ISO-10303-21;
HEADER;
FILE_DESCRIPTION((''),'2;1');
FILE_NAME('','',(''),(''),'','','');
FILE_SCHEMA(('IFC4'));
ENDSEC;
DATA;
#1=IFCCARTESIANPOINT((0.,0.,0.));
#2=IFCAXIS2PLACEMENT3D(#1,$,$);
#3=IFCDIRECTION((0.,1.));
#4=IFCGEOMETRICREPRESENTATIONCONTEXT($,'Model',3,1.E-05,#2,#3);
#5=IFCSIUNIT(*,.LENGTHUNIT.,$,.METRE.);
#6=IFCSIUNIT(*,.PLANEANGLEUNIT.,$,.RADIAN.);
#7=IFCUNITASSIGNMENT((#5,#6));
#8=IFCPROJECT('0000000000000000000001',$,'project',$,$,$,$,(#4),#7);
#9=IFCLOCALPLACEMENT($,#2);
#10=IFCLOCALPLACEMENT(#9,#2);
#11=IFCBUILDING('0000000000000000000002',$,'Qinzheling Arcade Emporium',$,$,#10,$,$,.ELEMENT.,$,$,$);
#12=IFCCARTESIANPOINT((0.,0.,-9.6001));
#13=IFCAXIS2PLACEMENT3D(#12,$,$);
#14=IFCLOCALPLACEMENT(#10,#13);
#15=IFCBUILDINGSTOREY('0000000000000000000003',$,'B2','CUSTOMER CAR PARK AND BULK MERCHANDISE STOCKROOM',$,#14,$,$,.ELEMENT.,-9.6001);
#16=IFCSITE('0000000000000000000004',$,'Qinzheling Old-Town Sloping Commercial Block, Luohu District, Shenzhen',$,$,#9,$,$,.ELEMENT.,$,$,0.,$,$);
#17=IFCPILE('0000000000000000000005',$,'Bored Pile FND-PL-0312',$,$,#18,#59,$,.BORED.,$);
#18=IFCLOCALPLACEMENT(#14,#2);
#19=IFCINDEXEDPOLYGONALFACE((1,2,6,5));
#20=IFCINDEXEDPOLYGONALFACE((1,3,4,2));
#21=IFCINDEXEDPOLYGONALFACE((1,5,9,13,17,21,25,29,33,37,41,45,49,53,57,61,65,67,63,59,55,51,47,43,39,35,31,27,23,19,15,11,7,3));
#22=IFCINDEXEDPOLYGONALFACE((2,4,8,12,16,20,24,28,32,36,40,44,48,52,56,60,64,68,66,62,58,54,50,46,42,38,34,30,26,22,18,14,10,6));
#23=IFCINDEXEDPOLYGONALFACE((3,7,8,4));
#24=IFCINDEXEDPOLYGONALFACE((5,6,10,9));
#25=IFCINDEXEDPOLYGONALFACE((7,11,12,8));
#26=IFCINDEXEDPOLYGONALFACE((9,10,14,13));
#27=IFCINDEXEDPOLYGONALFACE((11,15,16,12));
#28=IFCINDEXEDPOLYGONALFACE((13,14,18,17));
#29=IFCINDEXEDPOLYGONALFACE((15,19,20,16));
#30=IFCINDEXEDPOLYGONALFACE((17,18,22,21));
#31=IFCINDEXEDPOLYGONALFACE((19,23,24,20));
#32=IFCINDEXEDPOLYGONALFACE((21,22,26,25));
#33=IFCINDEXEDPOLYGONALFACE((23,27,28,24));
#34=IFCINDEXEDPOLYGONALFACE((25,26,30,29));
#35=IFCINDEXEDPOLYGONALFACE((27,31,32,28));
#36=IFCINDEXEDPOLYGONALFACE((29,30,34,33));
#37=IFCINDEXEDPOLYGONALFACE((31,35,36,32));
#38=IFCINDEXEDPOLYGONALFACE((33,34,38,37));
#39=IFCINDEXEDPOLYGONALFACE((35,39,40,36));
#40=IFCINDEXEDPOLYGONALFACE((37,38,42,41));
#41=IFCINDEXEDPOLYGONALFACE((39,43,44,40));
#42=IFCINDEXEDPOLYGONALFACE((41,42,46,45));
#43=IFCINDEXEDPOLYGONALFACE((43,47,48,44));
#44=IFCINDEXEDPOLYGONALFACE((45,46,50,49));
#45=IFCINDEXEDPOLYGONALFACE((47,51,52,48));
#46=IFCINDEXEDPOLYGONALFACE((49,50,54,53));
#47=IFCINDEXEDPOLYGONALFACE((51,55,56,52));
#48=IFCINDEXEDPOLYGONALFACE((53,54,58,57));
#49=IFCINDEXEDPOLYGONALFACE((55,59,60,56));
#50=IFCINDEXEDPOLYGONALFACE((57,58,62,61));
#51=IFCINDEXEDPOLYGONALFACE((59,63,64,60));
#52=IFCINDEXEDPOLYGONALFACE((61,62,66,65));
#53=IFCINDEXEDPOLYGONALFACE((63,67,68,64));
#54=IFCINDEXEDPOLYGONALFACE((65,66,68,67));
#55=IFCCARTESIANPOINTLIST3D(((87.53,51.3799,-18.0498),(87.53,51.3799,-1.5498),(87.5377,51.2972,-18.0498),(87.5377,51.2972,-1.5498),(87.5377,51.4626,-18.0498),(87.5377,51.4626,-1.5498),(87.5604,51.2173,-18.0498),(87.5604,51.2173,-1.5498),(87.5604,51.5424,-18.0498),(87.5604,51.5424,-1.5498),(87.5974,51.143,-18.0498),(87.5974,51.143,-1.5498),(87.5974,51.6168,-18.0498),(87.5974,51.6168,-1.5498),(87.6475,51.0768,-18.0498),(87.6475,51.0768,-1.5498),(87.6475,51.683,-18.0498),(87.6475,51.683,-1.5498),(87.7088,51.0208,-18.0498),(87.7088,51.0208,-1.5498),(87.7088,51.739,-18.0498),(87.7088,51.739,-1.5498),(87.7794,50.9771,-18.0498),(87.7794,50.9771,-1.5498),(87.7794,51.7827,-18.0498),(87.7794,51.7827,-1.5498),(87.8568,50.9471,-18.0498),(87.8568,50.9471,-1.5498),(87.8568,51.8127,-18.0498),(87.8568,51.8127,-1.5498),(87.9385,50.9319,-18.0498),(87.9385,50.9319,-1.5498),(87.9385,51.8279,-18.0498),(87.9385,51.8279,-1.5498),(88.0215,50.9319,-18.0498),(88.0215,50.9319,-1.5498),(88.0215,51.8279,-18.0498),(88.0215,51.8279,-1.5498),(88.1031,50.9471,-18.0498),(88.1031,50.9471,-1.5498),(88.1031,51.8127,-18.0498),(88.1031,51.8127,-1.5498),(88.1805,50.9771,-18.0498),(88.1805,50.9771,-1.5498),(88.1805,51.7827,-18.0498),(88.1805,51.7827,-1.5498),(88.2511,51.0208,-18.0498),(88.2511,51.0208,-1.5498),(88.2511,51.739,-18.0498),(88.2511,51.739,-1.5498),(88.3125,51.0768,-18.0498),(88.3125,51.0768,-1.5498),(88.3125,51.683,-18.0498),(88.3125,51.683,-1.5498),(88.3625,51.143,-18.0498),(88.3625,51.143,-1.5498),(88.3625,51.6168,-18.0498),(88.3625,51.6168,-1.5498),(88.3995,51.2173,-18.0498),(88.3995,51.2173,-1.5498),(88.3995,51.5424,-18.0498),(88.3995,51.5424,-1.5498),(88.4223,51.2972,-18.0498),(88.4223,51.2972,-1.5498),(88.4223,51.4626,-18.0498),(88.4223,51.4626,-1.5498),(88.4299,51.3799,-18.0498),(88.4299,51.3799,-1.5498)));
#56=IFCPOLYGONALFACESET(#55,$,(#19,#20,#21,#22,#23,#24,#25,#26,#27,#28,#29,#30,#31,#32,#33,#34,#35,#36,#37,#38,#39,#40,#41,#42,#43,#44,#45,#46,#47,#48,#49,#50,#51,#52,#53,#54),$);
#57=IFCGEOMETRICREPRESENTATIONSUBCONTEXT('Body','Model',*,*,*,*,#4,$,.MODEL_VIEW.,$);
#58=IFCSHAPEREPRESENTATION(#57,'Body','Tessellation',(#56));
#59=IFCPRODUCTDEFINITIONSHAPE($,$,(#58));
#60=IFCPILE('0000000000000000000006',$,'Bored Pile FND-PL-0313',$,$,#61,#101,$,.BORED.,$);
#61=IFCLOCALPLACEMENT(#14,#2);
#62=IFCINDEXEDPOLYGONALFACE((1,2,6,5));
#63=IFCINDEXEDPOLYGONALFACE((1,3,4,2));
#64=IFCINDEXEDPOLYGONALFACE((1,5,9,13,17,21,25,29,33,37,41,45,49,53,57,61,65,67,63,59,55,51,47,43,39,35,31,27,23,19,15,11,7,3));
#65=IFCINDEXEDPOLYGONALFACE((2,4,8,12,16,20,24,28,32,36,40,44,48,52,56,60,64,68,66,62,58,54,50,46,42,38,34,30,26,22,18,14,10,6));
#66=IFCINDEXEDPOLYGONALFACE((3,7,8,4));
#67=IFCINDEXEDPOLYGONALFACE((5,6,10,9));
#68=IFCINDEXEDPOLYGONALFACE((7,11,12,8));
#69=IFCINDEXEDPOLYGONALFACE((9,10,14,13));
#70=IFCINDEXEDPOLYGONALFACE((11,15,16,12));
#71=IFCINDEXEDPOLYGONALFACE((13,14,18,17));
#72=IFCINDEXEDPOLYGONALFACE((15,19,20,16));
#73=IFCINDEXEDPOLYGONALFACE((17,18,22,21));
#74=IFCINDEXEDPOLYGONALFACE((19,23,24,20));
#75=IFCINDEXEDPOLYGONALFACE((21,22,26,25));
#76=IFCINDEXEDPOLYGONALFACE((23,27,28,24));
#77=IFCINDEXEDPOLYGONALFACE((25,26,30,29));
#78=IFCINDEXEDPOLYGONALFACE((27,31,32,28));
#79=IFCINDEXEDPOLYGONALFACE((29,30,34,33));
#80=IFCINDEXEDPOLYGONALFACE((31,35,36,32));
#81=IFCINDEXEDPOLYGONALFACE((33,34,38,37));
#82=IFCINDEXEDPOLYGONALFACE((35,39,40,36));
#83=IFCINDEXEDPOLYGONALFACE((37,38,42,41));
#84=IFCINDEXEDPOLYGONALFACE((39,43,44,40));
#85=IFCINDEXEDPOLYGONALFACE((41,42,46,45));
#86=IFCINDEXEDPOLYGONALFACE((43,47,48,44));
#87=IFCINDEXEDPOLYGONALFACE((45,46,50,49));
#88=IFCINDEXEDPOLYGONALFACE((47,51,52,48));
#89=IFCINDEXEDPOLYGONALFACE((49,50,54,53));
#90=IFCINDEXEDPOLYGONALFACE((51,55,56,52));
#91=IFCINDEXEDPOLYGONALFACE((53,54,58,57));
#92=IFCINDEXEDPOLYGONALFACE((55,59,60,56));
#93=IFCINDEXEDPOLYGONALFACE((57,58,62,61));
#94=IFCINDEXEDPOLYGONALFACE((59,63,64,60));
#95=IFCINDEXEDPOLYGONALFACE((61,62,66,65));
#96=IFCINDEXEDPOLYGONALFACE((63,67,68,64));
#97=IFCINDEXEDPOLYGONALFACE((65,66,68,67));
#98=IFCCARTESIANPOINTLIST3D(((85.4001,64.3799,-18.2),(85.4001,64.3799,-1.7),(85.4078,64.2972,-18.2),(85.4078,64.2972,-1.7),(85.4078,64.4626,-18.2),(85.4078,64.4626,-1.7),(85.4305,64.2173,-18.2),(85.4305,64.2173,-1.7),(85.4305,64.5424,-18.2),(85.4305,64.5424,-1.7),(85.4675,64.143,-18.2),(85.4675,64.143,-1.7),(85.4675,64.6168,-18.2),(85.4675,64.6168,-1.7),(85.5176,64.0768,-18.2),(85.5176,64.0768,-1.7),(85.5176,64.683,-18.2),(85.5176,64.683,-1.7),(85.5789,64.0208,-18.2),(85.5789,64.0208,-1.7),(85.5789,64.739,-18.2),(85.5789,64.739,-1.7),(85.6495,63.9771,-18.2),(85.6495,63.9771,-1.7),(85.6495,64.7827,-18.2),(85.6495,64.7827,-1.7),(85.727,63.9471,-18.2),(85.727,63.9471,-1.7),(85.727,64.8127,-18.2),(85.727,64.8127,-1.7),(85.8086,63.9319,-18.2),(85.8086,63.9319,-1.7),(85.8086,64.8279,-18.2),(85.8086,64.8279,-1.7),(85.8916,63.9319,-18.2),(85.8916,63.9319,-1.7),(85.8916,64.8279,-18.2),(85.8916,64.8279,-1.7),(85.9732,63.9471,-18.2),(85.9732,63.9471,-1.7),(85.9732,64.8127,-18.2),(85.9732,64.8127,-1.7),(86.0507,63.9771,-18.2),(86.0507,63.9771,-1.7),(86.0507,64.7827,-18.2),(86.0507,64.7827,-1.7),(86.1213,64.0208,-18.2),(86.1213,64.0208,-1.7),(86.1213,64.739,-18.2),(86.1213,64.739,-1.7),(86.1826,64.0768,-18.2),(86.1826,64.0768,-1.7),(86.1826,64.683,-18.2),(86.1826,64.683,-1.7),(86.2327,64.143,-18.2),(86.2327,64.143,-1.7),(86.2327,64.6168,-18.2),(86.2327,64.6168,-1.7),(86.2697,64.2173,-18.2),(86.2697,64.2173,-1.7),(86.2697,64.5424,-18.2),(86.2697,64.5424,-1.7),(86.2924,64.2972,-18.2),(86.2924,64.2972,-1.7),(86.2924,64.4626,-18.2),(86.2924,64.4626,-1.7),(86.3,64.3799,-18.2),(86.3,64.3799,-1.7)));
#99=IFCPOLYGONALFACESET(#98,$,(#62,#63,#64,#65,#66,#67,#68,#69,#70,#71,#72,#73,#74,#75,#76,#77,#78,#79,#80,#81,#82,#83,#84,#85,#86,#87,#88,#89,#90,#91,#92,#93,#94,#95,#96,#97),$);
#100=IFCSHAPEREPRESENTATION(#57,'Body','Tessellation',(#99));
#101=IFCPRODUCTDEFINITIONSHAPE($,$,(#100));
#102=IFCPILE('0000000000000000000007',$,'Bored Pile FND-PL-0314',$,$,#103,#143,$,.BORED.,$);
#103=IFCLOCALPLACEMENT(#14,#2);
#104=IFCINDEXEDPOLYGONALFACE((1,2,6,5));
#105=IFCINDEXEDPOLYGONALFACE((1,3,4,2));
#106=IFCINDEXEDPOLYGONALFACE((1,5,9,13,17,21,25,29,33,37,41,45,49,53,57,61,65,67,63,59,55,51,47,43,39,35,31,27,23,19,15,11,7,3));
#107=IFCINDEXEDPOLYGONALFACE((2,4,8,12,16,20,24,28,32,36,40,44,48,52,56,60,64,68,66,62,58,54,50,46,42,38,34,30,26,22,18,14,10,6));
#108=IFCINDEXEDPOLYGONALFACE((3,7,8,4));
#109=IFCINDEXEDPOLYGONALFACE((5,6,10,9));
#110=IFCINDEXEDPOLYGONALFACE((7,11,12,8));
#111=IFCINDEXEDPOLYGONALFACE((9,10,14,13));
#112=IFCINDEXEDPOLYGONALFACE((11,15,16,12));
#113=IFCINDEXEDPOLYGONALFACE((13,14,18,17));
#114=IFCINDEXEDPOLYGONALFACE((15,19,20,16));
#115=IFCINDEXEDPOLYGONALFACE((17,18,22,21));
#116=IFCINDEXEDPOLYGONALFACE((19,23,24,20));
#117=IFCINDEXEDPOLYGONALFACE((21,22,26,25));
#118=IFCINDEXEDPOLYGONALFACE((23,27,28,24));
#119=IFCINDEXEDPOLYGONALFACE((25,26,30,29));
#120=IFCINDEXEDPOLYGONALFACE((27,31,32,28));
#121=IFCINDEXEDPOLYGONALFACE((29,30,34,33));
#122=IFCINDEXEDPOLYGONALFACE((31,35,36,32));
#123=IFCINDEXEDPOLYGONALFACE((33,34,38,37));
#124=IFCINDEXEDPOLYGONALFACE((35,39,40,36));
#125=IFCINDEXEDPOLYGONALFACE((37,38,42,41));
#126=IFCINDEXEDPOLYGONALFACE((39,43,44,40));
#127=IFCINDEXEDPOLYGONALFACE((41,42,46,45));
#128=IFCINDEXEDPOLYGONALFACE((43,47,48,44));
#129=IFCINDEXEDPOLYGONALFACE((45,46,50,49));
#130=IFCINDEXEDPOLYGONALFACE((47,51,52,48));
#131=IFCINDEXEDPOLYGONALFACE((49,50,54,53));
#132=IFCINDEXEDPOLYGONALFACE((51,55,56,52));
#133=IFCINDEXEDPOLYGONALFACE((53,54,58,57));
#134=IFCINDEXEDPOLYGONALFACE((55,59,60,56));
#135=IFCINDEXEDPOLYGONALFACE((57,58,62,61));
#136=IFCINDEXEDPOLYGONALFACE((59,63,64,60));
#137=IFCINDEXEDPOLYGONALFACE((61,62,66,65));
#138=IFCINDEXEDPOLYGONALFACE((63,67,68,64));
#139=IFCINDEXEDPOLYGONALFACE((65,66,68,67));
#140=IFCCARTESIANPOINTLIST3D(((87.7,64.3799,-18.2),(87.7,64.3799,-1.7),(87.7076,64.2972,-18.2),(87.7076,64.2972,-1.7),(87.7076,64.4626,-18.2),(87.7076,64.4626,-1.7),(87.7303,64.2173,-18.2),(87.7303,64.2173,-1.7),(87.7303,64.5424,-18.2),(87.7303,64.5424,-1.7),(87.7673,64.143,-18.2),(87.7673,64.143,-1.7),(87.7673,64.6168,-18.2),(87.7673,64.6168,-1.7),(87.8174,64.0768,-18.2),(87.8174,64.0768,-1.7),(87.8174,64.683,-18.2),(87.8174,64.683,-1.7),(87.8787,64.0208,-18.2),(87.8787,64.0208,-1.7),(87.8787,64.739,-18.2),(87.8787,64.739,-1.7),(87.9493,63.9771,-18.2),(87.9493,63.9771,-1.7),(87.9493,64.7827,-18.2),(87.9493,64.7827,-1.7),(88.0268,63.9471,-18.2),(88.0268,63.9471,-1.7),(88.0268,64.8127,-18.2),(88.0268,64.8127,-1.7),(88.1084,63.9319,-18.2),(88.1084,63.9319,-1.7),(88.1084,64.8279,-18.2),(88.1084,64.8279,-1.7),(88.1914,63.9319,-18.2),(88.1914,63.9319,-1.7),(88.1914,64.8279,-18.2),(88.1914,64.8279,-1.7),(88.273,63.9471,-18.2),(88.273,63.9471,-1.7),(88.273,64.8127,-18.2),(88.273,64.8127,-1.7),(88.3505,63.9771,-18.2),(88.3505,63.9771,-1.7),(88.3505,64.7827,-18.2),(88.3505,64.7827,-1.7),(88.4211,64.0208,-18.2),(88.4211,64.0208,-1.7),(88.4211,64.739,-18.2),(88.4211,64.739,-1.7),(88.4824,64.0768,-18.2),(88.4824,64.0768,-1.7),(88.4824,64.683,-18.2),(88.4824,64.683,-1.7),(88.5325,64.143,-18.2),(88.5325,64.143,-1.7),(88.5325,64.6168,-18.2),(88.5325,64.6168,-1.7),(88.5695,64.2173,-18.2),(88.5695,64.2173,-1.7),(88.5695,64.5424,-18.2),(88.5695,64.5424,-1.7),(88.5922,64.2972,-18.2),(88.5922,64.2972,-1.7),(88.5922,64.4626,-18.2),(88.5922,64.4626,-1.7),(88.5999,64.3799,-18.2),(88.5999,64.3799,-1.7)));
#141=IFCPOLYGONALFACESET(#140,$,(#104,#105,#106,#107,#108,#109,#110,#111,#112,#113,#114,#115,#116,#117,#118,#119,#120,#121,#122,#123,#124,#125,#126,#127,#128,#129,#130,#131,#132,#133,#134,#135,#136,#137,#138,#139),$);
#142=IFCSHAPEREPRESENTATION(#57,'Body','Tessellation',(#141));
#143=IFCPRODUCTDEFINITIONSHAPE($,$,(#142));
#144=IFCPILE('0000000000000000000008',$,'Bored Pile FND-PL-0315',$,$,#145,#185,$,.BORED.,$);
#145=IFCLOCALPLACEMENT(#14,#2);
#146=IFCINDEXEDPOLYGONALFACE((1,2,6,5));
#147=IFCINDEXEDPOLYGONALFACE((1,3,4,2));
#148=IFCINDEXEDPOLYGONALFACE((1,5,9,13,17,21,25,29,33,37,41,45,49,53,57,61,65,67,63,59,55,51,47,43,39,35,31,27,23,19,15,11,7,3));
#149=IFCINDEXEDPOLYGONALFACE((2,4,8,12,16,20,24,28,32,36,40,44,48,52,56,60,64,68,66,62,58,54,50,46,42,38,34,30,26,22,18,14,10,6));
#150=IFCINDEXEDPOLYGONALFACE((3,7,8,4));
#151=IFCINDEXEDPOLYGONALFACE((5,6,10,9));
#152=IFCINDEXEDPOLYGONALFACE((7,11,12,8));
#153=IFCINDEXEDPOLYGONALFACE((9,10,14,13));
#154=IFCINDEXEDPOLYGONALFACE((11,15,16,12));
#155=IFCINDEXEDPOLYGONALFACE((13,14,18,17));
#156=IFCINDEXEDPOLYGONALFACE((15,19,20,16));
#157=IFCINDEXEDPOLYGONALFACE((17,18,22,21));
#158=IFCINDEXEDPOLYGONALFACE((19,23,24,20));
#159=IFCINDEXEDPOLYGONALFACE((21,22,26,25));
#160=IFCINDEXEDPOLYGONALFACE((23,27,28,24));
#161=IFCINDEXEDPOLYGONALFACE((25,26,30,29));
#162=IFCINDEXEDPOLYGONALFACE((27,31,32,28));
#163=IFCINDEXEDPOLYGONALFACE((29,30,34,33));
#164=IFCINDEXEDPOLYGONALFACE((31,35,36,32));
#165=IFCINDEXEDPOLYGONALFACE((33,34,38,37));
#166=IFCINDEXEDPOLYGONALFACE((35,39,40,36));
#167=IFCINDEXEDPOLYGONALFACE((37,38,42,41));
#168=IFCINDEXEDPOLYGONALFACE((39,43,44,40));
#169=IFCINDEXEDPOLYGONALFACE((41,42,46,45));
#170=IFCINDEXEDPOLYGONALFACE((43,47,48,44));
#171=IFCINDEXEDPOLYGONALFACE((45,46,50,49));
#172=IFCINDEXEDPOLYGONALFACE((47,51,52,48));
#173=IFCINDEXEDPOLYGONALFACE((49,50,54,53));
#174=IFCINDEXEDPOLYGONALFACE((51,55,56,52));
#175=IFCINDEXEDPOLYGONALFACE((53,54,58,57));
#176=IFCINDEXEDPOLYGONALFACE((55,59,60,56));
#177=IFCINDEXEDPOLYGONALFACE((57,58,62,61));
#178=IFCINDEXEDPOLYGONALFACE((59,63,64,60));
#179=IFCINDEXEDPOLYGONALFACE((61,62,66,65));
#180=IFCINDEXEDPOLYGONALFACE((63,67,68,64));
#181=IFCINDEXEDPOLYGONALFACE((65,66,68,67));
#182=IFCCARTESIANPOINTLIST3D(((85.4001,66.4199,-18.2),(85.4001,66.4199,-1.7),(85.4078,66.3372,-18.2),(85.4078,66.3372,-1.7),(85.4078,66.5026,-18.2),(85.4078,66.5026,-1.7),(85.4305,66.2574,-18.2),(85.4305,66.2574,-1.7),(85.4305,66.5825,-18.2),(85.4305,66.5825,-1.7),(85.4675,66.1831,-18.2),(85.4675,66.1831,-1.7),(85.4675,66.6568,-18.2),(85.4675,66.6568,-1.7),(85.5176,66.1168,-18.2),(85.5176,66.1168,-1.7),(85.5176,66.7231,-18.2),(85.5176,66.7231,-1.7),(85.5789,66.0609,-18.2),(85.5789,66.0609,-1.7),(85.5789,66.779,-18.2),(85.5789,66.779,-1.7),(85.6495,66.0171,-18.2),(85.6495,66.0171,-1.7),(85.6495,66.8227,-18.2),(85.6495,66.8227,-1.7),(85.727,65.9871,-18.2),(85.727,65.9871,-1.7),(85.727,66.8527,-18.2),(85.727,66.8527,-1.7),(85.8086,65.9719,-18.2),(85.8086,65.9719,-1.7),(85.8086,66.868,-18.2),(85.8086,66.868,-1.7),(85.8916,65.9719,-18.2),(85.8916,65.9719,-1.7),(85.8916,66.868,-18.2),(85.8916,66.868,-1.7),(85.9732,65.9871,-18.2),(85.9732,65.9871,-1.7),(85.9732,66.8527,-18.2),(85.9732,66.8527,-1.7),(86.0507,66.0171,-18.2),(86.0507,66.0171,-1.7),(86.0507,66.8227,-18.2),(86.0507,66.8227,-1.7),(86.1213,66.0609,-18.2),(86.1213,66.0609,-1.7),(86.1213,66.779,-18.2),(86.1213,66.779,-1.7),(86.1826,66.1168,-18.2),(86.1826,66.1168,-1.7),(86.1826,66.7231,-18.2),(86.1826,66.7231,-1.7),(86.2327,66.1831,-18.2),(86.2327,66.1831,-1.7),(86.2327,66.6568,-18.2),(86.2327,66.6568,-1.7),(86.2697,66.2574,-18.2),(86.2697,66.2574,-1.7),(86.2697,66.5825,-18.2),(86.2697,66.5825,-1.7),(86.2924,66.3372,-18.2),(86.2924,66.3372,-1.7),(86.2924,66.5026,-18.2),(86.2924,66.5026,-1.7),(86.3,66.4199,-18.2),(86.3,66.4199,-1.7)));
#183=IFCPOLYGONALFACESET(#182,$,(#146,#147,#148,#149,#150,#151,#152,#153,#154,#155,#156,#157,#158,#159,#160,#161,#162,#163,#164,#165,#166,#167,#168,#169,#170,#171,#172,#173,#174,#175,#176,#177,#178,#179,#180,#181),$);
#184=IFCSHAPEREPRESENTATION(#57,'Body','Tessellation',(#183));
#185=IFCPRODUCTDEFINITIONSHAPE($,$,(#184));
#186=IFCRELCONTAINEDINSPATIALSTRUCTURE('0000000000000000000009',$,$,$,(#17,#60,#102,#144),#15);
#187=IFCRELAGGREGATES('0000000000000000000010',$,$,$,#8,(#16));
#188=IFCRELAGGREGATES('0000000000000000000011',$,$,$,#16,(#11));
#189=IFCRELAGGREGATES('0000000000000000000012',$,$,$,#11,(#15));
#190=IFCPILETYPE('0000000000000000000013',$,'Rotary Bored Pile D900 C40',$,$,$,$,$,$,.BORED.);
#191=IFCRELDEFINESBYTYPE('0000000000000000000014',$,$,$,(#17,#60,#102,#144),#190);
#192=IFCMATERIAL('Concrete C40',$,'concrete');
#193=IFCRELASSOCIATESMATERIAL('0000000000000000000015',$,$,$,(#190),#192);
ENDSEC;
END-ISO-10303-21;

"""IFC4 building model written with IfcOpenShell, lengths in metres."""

from ifc_helpers import new_model, si_unit, direction, frame, origin, origin_2d, place, context, subcontext, project, spatial, circle, extrude, material, material_profile, profile_set, type_object, element, save


model = new_model("IFC4")

# Units and contexts
model_context = context("Model", 3, precision=1e-05, world=origin(), true_north=direction((0.0, 1.0)))
body_context = subcontext(model_context, "Body", "Model", "MODEL_VIEW")
ifc_project = project(units=[si_unit("LENGTHUNIT", "METRE"), si_unit("PLANEANGLEUNIT", "RADIAN")], contexts=[model_context])

# Site, building, storey
site_placement = place(None, origin())
site = spatial("IfcSite", under=ifc_project, at=site_placement, Name="Qinzheling Old-Town Sloping Commercial Block, Luohu District, Shenzhen", CompositionType="ELEMENT", RefElevation=0.0)
building_placement = place(site_placement, origin())
building = spatial("IfcBuilding", under=site, at=building_placement, Name="Qinzheling Arcade Emporium", CompositionType="ELEMENT")
storey_placement = place(building_placement, frame((0.0, 0.0, -9.6001)))
storey = spatial("IfcBuildingStorey", under=building, at=storey_placement, Name="B2", Description="CUSTOMER CAR PARK AND BULK MERCHANDISE STOCKROOM", CompositionType="ELEMENT", Elevation=-9.6001)

# Shared definitions
ifc_material_1 = material(Name="Concrete C40", Category="concrete")

# Piles
ifc_material_profile_1 = material_profile(ifc_material_1, circle(Radius=0.45, at=origin_2d()), Name="BORED D900", Category="concrete")
ifc_profile_set_1 = profile_set([ifc_material_profile_1], Name="Concrete C40")
pile_type = type_object("IfcPileType", Name="Rotary Bored Pile D900 C40", PredefinedType="BORED", material=ifc_profile_set_1)
for number, where, z_axis, x_axis, name in (
    (1, (87.98, 51.3799, -1.5498), (0.0, 0.0, -1.0), (1.0, 0.0, 0.0), "Bored Pile FND-PL-0312"),
    (2, (85.8501, 64.3799, -1.7), (0.0, 0.0, -1.0), (1.0, 0.0, 0.0), "Bored Pile FND-PL-0313"),
    (3, (88.1499, 64.3799, -1.7), (0.0, 0.0, -1.0), (1.0, 0.0, 0.0), "Bored Pile FND-PL-0314"),
    (4, (85.8501, 66.4199, -1.7), (0.0, 0.0, -1.0), (1.0, 0.0, 0.0), "Bored Pile FND-PL-0315"),
):
    element("IfcPile", number, at=place(storey_placement, frame(where, z_axis=z_axis, x_axis=x_axis)), inside=storey, type_object=pile_type, Name=name, PredefinedType="BORED", context=body_context, shape_type="SweptSolid", body=[
        extrude(circle(Radius=0.45, at=origin_2d()), origin(), (0.0, 0.0, 1.0), 16.5),
    ])

save(model, "model.ifc")
